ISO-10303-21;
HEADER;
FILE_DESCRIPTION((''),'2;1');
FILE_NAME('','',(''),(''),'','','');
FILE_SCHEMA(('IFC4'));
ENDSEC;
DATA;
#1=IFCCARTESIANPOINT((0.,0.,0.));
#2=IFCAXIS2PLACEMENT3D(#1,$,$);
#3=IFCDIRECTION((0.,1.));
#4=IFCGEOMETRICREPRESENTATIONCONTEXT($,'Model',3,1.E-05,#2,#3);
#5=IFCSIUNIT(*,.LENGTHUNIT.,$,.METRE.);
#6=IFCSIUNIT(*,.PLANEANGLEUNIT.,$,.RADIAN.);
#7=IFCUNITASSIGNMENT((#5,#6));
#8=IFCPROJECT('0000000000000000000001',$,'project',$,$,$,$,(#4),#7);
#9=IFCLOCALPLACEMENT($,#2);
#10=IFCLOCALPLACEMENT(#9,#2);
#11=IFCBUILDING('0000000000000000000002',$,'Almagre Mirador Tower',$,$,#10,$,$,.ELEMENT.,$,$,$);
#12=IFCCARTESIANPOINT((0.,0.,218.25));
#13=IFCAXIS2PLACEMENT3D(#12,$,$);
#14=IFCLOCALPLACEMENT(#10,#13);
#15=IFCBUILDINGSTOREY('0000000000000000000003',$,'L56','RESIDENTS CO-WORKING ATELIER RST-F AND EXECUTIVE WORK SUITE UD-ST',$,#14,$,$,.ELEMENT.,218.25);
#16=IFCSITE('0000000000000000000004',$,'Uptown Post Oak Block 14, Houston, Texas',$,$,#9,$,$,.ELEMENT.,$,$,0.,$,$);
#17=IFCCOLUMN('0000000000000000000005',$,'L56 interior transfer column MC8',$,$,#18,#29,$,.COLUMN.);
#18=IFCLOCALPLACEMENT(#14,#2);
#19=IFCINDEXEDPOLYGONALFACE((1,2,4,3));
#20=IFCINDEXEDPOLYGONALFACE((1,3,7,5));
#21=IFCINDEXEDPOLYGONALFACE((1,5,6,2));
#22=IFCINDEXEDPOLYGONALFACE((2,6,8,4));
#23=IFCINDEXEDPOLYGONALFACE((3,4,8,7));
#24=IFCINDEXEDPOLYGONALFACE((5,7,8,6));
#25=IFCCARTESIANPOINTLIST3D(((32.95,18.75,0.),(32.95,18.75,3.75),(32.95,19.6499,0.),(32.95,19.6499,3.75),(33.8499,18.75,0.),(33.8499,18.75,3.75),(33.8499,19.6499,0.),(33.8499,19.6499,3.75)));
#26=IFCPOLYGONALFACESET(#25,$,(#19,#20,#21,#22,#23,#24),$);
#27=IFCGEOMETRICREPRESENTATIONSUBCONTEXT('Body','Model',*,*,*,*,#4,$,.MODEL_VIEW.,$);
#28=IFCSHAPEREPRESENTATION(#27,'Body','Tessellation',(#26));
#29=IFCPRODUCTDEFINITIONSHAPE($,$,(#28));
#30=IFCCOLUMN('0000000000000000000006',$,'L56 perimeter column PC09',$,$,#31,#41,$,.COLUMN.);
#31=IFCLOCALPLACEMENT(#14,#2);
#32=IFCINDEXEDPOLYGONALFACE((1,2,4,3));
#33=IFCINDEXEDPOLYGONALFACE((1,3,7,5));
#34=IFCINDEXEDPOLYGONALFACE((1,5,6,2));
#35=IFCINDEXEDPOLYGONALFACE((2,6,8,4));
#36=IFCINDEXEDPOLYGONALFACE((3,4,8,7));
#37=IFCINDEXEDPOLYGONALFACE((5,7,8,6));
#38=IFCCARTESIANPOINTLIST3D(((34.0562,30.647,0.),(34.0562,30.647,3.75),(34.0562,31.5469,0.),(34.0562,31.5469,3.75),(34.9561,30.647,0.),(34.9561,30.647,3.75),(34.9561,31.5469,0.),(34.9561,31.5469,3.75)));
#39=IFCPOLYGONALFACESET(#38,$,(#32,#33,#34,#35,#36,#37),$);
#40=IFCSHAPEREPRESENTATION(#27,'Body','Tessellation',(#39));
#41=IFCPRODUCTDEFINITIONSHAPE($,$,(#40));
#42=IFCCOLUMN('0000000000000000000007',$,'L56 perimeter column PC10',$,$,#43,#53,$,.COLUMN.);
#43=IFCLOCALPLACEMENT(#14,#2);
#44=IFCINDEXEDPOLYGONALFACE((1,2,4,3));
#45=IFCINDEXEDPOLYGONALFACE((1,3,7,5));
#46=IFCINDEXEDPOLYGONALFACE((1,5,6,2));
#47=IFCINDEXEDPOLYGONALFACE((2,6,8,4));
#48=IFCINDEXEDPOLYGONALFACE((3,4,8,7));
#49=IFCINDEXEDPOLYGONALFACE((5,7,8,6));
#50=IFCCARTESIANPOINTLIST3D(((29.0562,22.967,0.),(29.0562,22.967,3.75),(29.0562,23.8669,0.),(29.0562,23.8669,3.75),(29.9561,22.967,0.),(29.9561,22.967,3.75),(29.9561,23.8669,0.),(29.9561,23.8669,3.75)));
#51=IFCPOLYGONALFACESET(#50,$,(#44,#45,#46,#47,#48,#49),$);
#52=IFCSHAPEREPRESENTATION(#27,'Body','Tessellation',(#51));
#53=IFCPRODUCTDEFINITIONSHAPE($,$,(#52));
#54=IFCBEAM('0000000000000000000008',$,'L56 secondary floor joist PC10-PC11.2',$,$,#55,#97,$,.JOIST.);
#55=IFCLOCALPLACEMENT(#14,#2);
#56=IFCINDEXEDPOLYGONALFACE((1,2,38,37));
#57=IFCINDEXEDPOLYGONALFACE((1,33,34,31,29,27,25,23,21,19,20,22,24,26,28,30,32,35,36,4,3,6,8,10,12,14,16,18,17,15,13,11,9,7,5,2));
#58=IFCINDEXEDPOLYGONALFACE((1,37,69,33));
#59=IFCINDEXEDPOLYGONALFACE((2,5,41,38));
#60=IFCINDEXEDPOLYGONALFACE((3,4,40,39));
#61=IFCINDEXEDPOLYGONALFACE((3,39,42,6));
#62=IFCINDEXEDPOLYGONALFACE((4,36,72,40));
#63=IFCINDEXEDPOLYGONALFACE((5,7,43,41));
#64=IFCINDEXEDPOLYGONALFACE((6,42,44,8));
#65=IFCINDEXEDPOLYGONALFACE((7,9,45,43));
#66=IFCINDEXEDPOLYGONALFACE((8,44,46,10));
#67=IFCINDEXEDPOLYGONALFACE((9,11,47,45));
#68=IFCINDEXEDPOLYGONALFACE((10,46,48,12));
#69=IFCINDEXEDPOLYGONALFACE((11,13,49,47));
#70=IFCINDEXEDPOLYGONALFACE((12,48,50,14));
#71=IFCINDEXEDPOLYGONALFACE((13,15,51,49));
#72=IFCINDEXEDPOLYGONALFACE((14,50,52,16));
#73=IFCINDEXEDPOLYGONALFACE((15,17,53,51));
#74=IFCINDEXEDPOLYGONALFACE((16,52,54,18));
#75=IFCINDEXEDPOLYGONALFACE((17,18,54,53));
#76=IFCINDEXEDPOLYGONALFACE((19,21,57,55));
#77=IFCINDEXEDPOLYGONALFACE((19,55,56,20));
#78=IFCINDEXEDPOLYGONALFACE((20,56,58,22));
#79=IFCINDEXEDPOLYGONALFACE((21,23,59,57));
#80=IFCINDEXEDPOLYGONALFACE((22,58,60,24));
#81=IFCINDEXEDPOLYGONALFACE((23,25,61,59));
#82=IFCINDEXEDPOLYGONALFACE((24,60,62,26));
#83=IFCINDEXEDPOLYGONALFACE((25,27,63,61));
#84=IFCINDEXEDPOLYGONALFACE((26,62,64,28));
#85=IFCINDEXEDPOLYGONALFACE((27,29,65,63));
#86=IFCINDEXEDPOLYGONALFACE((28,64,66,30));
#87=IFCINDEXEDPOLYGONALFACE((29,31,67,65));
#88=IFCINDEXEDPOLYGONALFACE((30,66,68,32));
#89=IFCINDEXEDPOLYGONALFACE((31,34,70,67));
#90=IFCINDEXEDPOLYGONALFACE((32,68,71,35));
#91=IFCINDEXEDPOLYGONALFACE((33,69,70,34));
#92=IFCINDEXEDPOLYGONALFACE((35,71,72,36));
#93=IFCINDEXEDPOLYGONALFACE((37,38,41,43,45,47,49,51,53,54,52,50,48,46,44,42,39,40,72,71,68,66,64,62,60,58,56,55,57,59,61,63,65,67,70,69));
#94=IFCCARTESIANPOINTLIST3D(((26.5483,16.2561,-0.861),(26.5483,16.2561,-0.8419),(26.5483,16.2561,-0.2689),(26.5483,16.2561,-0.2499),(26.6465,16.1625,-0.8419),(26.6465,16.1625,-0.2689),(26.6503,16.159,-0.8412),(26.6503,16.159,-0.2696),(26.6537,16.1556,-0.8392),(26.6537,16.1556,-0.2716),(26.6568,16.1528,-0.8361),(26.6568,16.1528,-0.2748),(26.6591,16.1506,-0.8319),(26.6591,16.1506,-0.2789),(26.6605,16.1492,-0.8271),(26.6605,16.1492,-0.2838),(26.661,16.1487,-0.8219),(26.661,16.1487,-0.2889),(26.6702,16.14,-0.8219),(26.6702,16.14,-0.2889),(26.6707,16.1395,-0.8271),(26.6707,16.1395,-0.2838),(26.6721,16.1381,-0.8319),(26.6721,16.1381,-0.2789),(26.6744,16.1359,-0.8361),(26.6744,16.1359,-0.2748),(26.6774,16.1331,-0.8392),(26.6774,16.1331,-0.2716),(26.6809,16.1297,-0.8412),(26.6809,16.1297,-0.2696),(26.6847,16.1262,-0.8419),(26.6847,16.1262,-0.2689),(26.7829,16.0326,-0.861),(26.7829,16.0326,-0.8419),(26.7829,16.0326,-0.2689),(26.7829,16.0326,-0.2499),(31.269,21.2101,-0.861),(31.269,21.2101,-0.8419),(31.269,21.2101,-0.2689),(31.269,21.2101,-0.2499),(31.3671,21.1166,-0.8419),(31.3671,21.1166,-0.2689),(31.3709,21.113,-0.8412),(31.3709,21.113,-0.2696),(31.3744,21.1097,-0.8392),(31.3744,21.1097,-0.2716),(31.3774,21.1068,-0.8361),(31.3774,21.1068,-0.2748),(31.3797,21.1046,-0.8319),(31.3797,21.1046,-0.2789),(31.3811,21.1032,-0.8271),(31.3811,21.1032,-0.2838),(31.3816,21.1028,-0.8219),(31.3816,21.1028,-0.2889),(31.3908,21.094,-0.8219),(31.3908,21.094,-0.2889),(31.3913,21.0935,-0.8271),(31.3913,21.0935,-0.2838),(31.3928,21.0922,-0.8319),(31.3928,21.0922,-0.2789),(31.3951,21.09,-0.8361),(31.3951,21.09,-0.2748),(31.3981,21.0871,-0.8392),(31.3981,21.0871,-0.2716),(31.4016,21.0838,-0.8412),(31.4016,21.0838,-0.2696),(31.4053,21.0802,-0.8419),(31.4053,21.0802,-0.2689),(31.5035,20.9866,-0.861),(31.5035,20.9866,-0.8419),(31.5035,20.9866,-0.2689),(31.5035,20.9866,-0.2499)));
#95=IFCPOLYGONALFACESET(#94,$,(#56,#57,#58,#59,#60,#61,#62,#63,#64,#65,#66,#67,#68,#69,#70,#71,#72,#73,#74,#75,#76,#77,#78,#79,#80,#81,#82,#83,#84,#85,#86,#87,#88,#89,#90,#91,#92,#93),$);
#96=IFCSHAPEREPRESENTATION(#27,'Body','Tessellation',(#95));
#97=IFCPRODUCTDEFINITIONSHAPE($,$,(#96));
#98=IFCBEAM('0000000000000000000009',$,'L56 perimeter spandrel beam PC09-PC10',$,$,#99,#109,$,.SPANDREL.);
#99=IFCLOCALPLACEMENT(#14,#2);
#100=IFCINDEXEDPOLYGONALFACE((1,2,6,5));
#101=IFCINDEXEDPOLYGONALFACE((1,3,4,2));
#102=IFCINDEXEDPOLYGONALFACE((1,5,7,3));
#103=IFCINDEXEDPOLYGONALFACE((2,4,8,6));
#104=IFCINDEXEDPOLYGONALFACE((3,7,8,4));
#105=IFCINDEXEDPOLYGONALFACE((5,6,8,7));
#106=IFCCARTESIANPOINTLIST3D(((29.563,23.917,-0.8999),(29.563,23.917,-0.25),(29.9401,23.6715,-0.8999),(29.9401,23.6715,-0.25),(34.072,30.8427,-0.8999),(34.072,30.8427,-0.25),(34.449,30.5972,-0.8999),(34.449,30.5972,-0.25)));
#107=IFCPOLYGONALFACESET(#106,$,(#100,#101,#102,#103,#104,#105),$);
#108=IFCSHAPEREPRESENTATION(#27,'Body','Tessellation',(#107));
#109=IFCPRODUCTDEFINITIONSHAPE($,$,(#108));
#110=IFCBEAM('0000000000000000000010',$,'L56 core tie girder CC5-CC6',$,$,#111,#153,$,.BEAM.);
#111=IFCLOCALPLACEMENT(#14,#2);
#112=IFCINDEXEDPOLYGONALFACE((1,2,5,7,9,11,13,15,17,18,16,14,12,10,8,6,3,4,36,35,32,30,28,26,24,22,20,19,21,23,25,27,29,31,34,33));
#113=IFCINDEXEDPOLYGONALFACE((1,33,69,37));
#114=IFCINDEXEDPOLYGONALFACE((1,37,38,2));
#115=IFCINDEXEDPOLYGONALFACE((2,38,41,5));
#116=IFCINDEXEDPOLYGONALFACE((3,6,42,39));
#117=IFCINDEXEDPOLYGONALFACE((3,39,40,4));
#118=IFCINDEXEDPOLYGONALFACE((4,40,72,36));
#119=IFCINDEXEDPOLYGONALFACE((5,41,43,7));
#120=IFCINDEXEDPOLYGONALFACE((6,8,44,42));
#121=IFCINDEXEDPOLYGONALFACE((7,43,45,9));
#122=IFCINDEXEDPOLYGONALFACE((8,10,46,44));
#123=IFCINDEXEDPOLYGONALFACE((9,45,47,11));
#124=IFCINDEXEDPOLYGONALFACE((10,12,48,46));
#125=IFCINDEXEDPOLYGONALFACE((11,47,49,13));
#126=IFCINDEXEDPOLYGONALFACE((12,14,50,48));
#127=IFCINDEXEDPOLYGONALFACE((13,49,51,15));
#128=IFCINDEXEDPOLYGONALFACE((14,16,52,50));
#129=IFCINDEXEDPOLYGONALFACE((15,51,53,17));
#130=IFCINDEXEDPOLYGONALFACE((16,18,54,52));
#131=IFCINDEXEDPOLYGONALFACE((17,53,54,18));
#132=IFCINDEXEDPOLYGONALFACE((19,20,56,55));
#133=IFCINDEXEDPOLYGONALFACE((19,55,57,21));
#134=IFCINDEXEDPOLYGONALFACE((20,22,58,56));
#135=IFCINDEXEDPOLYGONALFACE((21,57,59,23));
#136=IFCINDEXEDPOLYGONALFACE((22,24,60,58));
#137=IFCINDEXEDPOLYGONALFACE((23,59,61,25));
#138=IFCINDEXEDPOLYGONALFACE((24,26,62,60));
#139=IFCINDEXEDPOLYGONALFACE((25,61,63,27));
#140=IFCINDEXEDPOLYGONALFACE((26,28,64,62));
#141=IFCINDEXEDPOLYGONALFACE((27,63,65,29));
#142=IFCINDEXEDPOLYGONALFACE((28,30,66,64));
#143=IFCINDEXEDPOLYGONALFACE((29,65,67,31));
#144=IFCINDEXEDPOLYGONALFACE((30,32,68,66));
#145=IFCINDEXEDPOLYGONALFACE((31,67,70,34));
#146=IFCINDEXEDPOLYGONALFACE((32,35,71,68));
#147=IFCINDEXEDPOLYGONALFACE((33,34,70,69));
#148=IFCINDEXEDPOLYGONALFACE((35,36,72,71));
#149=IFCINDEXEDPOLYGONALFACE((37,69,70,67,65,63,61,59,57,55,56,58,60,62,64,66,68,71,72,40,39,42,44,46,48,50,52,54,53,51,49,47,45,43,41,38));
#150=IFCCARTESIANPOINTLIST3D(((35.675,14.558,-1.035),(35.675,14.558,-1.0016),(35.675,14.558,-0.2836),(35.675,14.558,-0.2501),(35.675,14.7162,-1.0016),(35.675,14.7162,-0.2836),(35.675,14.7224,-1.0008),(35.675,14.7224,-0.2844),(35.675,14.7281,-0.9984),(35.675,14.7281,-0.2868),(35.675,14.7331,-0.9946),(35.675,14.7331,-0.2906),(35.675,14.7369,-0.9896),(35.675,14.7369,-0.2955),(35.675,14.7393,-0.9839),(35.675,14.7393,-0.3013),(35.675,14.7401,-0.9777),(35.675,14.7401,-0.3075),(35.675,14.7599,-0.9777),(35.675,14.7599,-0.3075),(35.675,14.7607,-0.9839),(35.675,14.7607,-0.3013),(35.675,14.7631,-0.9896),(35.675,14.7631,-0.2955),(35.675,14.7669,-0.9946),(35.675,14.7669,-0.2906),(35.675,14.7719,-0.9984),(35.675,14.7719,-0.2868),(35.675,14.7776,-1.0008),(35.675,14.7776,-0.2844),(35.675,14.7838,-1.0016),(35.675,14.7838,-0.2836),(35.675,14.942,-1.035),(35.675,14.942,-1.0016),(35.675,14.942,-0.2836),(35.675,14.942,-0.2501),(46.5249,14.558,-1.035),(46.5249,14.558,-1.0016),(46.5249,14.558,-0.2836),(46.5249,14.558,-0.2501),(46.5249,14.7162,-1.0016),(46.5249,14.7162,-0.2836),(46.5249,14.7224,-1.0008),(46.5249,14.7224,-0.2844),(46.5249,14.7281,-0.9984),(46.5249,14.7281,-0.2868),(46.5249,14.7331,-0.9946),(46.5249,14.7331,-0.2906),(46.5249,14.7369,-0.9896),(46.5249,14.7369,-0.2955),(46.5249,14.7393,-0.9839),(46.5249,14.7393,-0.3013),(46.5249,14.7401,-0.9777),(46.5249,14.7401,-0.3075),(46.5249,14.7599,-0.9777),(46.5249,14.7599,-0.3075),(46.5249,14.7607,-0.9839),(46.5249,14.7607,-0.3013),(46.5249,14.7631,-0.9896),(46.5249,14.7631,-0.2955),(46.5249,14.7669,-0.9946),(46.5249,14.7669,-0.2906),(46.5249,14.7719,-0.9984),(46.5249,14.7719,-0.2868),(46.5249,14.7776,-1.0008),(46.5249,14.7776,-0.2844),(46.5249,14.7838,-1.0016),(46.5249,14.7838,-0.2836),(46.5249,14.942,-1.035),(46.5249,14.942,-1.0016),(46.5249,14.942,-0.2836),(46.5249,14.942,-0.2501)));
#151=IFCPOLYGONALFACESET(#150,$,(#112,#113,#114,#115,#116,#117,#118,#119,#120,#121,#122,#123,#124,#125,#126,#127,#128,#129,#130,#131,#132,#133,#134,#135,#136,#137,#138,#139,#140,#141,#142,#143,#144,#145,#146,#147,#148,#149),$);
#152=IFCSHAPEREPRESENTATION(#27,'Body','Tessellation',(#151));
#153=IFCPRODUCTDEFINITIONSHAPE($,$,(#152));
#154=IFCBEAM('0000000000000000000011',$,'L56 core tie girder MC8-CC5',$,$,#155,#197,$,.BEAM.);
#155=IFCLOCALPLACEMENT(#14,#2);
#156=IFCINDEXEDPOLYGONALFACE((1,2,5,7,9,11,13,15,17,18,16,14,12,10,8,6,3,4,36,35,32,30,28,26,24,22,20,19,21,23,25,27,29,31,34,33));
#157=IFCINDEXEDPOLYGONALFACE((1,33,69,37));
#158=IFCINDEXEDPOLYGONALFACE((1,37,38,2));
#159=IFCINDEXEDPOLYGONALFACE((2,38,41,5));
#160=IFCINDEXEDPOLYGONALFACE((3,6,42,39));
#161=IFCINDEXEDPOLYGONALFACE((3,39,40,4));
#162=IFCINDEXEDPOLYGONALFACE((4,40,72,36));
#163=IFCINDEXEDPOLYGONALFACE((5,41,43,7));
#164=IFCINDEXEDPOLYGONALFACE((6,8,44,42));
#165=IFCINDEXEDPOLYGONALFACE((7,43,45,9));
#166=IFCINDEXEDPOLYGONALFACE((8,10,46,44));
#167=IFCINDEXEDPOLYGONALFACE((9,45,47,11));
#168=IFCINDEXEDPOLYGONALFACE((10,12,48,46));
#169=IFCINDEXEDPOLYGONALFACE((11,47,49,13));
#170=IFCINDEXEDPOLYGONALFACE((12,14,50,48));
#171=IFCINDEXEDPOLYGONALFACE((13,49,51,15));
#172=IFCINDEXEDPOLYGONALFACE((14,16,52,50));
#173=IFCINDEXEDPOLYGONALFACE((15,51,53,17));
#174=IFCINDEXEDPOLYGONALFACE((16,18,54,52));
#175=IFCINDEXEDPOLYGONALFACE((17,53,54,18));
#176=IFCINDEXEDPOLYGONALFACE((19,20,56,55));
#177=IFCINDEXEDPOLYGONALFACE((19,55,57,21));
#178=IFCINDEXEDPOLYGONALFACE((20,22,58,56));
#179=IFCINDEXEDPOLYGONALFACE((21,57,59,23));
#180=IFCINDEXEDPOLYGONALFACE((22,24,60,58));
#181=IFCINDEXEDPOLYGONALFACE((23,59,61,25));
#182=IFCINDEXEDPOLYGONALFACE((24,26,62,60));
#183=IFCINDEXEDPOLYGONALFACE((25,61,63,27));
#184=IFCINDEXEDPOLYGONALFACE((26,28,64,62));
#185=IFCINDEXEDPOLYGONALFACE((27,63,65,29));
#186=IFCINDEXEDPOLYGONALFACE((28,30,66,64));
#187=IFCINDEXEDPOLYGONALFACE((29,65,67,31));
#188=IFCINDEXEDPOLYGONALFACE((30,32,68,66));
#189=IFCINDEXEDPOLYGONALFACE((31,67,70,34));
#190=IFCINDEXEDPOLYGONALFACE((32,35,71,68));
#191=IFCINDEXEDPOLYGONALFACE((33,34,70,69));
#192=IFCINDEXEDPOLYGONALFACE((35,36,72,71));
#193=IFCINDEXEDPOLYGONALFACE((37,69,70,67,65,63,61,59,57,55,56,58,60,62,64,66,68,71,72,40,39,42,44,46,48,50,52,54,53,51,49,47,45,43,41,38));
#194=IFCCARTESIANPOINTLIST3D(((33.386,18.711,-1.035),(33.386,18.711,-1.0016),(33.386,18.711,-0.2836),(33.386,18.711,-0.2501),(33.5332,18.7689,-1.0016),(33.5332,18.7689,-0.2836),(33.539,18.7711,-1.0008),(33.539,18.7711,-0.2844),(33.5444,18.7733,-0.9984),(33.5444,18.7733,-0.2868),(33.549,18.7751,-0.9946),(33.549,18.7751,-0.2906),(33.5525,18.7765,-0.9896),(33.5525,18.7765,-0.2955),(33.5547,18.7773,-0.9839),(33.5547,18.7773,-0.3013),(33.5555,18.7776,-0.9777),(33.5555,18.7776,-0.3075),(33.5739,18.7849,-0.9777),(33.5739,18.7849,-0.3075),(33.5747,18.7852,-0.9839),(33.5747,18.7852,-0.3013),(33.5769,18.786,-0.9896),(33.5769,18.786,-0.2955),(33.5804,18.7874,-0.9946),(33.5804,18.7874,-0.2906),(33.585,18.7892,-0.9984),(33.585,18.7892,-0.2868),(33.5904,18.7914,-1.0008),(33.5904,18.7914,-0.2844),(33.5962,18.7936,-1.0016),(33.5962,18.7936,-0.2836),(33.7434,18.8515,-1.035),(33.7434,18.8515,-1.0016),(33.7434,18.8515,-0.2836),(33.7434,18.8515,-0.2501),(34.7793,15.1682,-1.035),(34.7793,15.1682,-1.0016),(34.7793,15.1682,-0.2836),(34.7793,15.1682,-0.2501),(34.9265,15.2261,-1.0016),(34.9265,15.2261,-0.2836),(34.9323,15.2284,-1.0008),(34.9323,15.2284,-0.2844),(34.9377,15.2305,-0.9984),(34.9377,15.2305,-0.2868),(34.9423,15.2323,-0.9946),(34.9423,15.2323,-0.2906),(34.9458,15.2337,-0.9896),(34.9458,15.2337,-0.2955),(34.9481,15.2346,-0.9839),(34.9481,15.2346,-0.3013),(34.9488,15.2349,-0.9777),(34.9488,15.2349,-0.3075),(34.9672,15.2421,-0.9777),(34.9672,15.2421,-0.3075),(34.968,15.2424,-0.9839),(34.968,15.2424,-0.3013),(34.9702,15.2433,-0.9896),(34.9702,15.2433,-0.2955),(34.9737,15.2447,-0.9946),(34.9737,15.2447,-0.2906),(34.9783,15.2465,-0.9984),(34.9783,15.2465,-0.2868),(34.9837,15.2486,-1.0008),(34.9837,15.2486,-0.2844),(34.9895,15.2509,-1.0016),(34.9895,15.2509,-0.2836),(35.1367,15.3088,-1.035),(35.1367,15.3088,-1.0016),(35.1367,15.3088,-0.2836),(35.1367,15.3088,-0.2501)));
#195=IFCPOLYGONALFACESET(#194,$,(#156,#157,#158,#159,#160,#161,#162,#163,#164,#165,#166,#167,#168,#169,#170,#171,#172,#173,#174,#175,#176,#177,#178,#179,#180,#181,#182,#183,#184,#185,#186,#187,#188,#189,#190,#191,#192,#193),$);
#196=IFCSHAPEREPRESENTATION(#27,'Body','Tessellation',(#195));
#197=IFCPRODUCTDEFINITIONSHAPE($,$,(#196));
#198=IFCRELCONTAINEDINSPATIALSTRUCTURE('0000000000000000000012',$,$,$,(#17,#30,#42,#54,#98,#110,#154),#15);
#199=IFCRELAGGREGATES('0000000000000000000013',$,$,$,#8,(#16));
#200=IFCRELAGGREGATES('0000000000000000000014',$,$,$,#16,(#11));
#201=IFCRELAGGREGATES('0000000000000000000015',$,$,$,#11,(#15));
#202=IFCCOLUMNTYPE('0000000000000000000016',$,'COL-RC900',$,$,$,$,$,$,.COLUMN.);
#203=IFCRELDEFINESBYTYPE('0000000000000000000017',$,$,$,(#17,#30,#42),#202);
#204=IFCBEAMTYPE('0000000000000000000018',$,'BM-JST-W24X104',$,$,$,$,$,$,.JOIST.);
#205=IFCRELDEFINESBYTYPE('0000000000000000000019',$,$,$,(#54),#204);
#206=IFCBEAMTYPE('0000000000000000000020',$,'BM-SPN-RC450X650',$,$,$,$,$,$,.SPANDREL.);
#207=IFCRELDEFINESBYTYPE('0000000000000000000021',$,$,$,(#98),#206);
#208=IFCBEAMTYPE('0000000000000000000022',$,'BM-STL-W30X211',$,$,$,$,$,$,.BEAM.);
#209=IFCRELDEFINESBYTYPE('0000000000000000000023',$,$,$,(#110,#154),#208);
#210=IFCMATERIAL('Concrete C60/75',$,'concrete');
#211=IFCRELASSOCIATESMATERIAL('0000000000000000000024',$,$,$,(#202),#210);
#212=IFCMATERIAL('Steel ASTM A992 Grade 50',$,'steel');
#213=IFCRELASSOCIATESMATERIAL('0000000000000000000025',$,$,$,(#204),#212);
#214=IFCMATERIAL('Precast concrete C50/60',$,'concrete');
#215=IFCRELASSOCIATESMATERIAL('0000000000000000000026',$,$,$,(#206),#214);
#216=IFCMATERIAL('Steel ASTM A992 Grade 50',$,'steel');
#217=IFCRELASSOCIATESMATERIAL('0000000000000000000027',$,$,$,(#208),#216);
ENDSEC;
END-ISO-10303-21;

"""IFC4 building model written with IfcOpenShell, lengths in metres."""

from ifc_helpers import new_model, si_unit, direction, frame, origin, origin_2d, place, context, subcontext, project, spatial, rectangle, i_section, extrude, material, material_profile, profile_set, type_object, element, save


model = new_model("IFC4")

# Units and contexts
model_context = context("Model", 3, precision=1e-05, world=origin(), true_north=direction((0.0, 1.0)))
body_context = subcontext(model_context, "Body", "Model", "MODEL_VIEW")
ifc_project = project(units=[si_unit("LENGTHUNIT", "METRE"), si_unit("PLANEANGLEUNIT", "RADIAN")], contexts=[model_context])

# Site, building, storey
site_placement = place(None, origin())
site = spatial("IfcSite", under=ifc_project, at=site_placement, Name="Uptown Post Oak Block 14, Houston, Texas", CompositionType="ELEMENT", RefElevation=0.0)
building_placement = place(site_placement, origin())
building = spatial("IfcBuilding", under=site, at=building_placement, Name="Almagre Mirador Tower", CompositionType="ELEMENT")
storey_placement = place(building_placement, frame((0.0, 0.0, 218.25)))
storey = spatial("IfcBuildingStorey", under=building, at=storey_placement, Name="L56", Description="RESIDENTS CO-WORKING ATELIER RST-F AND EXECUTIVE WORK SUITE UD-ST", CompositionType="ELEMENT", Elevation=218.25)

# Columns
ifc_material_1 = material(Name="Concrete C60/75", Category="concrete")
ifc_material_profile_1 = material_profile(ifc_material_1, rectangle(XDim=0.8999, YDim=0.8999, at=origin_2d()), Name="RC900X900")
ifc_profile_set_1 = profile_set([ifc_material_profile_1], Name="Concrete C60/75")
column_type = type_object("IfcColumnType", Name="COL-RC900", PredefinedType="COLUMN", material=ifc_profile_set_1)
for number, where, z_axis, x_axis, name in (
    (1, (33.3999, 19.2, 0.0), (0.0, 0.0, 1.0), (1.0, 0.0, 0.0), "L56 interior transfer column MC8"),
    (2, (34.5061, 31.0969, 0.0), (0.0, 0.0, 1.0), (1.0, 0.0, 0.0), "L56 perimeter column PC09"),
    (3, (29.5061, 23.417, 0.0), (0.0, 0.0, 1.0), (1.0, 0.0, 0.0), "L56 perimeter column PC10"),
):
    element("IfcColumn", number, at=place(storey_placement, frame(where, z_axis=z_axis, x_axis=x_axis)), inside=storey, type_object=column_type, Name=name, PredefinedType="COLUMN", context=body_context, shape_type="SweptSolid", body=[
        extrude(rectangle(XDim=0.8999, YDim=0.8999, at=origin_2d()), origin(), (0.0, 0.0, 1.0), 3.75),
    ])

# Beams
ifc_material_2 = material(Name="Steel ASTM A992 Grade 50", Category="steel")
ifc_material_profile_2 = material_profile(ifc_material_2, i_section(OverallWidth=0.324, OverallDepth=0.6111, WebThickness=0.0127, FlangeThickness=0.019, FilletRadius=0.02, at=origin_2d()), Name="W24X104")
ifc_profile_set_2 = profile_set([ifc_material_profile_2], Name="Steel ASTM A992 Grade 50")
beam_type_1 = type_object("IfcBeamType", Name="BM-JST-W24X104", PredefinedType="JOIST", material=ifc_profile_set_2)
beam_1_placement = place(storey_placement, frame((31.3862, 21.0984, -0.5554), z_axis=(-0.689848, -0.723955, 0.0), x_axis=(0.723955, -0.689848, 0.0)))
element("IfcBeam", 4, at=beam_1_placement, inside=storey, type_object=beam_type_1, Name="L56 secondary floor joist PC10-PC11.2", PredefinedType="JOIST", context=body_context, shape_type="SweptSolid", body=[
    extrude(i_section(OverallWidth=0.324, OverallDepth=0.6111, WebThickness=0.0127, FlangeThickness=0.019, FilletRadius=0.02, at=origin_2d()), origin(), (0.0, 0.0, 1.0), 6.843),
])
ifc_material_3 = material(Name="Precast concrete C50/60", Category="concrete")
ifc_material_profile_3 = material_profile(ifc_material_3, rectangle(XDim=0.45, YDim=0.6499, at=origin_2d()), Name="RC450X650")
ifc_profile_set_3 = profile_set([ifc_material_profile_3], Name="Precast concrete C50/60")
beam_type_2 = type_object("IfcBeamType", Name="BM-SPN-RC450X650", PredefinedType="SPANDREL", material=ifc_profile_set_3)
beam_2_placement = place(storey_placement, frame((34.2605, 30.72, -0.575), z_axis=(-0.545607, -0.838041, 0.0), x_axis=(0.838041, -0.545607, 0.0)))
element("IfcBeam", 5, at=beam_2_placement, inside=storey, type_object=beam_type_2, Name="L56 perimeter spandrel beam PC09-PC10", PredefinedType="SPANDREL", context=body_context, shape_type="SweptSolid", body=[
    extrude(rectangle(XDim=0.45, YDim=0.6499, at=origin_2d()), origin(), (0.0, 0.0, 1.0), 8.2642),
])
ifc_material_4 = material(Name="Steel ASTM A992 Grade 50", Category="steel")
ifc_material_profile_4 = material_profile(ifc_material_4, i_section(OverallWidth=0.384, OverallDepth=0.7849, WebThickness=0.0198, FlangeThickness=0.0334, FilletRadius=0.0239, at=origin_2d()), Name="W30X211")
ifc_profile_set_4 = profile_set([ifc_material_profile_4], Name="Steel ASTM A992 Grade 50")
beam_type_3 = type_object("IfcBeamType", Name="BM-STL-W30X211", PredefinedType="BEAM", material=ifc_profile_set_4)
beam_3_placement = place(storey_placement, frame((35.675, 14.75, -0.6426), z_axis=(1.0, 0.0, 0.0), x_axis=(0.0, 1.0, 0.0)))
element("IfcBeam", 6, at=beam_3_placement, inside=storey, type_object=beam_type_3, Name="L56 core tie girder CC5-CC6", PredefinedType="BEAM", context=body_context, shape_type="SweptSolid", body=[
    extrude(i_section(OverallWidth=0.384, OverallDepth=0.7849, WebThickness=0.0198, FlangeThickness=0.0334, FilletRadius=0.0239, at=origin_2d()), origin(), (0.0, 0.0, 1.0), 10.8499),
])
beam_4_placement = place(storey_placement, frame((33.5647, 18.7812, -0.6426), z_axis=(0.366, -0.930615, 0.0), x_axis=(0.930615, 0.366, 0.0)))
element("IfcBeam", 7, at=beam_4_placement, inside=storey, type_object=beam_type_3, Name="L56 core tie girder MC8-CC5", PredefinedType="BEAM", context=body_context, shape_type="SweptSolid", body=[
    extrude(i_section(OverallWidth=0.384, OverallDepth=0.7849, WebThickness=0.0198, FlangeThickness=0.0334, FilletRadius=0.0239, at=origin_2d()), origin(), (0.0, 0.0, 1.0), 3.8069),
])

save(model, "model.ifc")
